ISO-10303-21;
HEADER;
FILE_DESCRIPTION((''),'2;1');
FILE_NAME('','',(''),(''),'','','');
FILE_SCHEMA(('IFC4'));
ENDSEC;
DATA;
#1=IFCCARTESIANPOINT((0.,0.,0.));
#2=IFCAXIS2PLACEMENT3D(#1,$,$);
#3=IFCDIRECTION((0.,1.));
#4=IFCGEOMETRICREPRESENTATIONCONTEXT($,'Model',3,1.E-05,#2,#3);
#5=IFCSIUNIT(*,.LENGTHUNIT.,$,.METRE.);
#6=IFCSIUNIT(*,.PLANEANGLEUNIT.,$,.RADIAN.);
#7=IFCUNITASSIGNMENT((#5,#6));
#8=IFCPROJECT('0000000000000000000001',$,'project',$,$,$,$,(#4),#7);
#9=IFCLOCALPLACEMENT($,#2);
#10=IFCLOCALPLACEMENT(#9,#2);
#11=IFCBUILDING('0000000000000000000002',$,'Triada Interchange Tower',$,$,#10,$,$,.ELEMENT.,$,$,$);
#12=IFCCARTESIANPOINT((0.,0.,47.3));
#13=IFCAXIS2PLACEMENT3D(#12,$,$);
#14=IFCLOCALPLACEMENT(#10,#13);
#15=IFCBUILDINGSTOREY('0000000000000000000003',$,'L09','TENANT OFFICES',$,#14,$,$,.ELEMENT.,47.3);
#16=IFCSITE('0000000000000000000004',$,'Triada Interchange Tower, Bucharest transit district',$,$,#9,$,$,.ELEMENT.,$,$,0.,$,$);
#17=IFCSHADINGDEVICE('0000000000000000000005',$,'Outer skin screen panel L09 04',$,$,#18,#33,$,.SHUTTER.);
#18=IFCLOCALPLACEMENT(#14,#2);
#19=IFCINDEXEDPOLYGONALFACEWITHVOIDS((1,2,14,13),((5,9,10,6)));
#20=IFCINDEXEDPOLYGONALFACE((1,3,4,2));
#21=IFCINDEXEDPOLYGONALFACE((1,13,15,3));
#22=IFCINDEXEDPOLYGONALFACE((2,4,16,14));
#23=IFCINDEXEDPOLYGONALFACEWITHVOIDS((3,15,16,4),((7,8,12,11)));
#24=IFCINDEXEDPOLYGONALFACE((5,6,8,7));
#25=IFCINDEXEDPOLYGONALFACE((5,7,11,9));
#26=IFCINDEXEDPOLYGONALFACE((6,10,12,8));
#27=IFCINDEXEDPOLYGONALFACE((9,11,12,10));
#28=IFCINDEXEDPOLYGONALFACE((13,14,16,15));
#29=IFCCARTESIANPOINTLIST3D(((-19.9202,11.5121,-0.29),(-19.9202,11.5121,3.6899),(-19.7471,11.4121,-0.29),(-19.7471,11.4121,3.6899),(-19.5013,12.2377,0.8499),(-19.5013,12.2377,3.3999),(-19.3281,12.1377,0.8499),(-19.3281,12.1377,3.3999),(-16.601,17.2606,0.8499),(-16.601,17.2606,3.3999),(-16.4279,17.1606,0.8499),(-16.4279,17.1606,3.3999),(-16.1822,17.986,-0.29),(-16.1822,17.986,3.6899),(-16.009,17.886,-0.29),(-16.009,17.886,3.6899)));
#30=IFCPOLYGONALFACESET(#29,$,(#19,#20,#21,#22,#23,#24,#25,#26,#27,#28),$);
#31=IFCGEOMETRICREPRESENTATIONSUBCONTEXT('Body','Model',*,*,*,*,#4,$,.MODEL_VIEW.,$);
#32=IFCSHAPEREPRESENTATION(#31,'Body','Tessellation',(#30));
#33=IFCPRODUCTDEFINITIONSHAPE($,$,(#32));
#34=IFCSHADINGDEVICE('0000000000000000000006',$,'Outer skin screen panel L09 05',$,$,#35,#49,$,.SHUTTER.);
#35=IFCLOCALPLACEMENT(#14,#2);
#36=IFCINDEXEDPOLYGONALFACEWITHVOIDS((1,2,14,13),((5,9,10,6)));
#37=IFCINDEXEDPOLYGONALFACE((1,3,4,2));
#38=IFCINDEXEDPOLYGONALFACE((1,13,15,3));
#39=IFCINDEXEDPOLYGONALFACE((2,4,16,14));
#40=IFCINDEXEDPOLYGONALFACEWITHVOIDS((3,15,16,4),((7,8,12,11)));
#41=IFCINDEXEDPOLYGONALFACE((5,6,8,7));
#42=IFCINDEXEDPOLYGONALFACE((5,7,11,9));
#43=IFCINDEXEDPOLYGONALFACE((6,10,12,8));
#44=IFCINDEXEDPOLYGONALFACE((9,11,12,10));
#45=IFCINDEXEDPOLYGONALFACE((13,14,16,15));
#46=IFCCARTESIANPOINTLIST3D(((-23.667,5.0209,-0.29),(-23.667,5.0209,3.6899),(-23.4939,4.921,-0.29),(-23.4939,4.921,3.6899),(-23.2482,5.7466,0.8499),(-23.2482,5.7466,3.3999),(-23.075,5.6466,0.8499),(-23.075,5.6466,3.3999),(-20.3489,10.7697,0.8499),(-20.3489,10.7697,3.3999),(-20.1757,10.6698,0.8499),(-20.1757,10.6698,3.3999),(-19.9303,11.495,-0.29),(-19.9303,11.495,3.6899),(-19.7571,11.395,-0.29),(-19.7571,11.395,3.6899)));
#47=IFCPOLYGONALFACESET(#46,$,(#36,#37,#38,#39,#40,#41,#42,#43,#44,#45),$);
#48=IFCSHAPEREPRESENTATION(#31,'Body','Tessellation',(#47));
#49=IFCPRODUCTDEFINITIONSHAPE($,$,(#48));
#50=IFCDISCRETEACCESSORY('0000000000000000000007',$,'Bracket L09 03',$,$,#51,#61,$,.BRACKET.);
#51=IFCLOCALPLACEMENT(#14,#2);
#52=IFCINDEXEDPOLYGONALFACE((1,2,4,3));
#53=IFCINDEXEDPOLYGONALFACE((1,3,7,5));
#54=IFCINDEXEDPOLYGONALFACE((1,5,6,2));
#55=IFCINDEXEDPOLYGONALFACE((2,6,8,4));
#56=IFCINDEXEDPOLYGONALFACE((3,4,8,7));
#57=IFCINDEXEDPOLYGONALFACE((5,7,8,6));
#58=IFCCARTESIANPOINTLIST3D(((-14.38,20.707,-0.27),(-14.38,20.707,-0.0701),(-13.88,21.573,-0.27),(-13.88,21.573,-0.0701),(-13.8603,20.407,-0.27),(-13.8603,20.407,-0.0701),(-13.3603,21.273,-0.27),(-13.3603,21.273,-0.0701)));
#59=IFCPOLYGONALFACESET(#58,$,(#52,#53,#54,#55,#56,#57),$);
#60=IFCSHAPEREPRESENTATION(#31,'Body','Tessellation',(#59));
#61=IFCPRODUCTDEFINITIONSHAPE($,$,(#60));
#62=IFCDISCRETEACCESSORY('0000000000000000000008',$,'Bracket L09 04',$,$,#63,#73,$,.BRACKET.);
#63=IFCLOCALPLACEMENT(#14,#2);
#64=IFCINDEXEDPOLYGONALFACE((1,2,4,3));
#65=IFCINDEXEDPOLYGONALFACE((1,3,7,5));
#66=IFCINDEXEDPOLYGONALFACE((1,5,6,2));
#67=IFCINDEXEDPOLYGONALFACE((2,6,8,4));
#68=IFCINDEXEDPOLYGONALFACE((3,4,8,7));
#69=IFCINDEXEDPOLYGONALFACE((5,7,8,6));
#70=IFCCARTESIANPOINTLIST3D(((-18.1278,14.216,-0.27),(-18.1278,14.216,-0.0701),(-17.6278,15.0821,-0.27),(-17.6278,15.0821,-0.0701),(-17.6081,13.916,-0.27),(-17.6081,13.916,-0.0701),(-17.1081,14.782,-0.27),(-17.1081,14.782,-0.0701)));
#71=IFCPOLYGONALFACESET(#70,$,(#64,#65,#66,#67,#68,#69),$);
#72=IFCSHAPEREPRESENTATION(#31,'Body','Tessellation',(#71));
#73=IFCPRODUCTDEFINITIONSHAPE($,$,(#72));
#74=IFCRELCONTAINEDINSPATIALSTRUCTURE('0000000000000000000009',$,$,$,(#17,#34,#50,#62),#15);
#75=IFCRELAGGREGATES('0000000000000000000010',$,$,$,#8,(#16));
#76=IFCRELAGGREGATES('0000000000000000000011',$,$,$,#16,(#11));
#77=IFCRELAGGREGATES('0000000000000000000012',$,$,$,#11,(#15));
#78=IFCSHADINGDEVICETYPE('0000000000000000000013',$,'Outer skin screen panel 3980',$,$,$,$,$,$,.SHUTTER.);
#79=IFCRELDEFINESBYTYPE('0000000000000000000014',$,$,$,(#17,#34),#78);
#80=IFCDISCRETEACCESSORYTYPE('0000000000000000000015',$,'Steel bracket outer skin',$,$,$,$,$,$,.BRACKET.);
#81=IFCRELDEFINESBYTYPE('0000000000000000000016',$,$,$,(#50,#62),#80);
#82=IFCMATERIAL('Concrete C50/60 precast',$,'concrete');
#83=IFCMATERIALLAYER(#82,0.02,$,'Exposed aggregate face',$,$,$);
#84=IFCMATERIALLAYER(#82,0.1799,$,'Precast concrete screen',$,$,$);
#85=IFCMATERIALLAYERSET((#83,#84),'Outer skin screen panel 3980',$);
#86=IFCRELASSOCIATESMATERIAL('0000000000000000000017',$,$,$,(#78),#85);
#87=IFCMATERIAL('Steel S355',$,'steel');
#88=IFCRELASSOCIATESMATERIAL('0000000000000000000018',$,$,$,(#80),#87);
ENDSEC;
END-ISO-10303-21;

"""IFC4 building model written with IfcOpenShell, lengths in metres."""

from ifc_helpers import new_model, si_unit, direction, frame, origin, origin_2d, place, context, subcontext, project, spatial, polyline, rectangle, outline, extrude, material, layer, layer_set, type_object, element, save


model = new_model("IFC4")

# Units and contexts
model_context = context("Model", 3, precision=1e-05, world=origin(), true_north=direction((0.0, 1.0)))
body_context = subcontext(model_context, "Body", "Model", "MODEL_VIEW")
ifc_project = project(units=[si_unit("LENGTHUNIT", "METRE"), si_unit("PLANEANGLEUNIT", "RADIAN")], contexts=[model_context])

# Site, building, storey
site_placement = place(None, origin())
site = spatial("IfcSite", under=ifc_project, at=site_placement, Name="Triada Interchange Tower, Bucharest transit district", CompositionType="ELEMENT", RefElevation=0.0)
building_placement = place(site_placement, origin())
building = spatial("IfcBuilding", under=site, at=building_placement, Name="Triada Interchange Tower", CompositionType="ELEMENT")
storey_placement = place(building_placement, frame((0.0, 0.0, 47.3)))
storey = spatial("IfcBuildingStorey", under=building, at=storey_placement, Name="L09", Description="TENANT OFFICES", CompositionType="ELEMENT", Elevation=47.3)

# Shading devices
ifc_material_1 = material(Name="Concrete C50/60 precast", Category="concrete")
ifc_layer_1 = layer(ifc_material_1, 0.02, Name="Exposed aggregate face")
ifc_layer_2 = layer(ifc_material_1, 0.1799, Name="Precast concrete screen")
ifc_layer_set_1 = layer_set([ifc_layer_1, ifc_layer_2], Name="Outer skin screen panel 3980")
shading_device_type = type_object("IfcShadingDeviceType", Name="Outer skin screen panel 3980", PredefinedType="SHUTTER", material=ifc_layer_set_1)
shading_device_1_placement = place(storey_placement, frame((-16.009, 17.886, -0.29), z_axis=(0.0, 0.0, 1.0), x_axis=(-0.500034, -0.866006, 0.0)))
element("IfcShadingDevice", 1, at=shading_device_1_placement, inside=storey, type_object=shading_device_type, Name="Outer skin screen panel L09 04", PredefinedType="SHUTTER", context=body_context, shape_type="SweptSolid", body=[
    extrude(outline(polyline([(0.0, 0.0), (7.4756, 0.0), (7.4756, 3.98), (0.0, 3.98), (0.0, 0.0)]), holes=[polyline([(0.8376, 1.1399), (0.8376, 3.6899), (6.6377, 3.6899), (6.6377, 1.1399), (0.8376, 1.1399)])]), frame((0.0, 0.0, 0.0), z_axis=(0.0, -1.0, 0.0), x_axis=(1.0, 0.0, 0.0)), (0.0, 0.0, 1.0), 0.2),
])
shading_device_2_placement = place(storey_placement, frame((-19.7571, 11.395, -0.29), z_axis=(0.0, 0.0, 1.0), x_axis=(-0.499898, -0.866084, 0.0)))
element("IfcShadingDevice", 2, at=shading_device_2_placement, inside=storey, type_object=shading_device_type, Name="Outer skin screen panel L09 05", PredefinedType="SHUTTER", context=body_context, shape_type="SweptSolid", body=[
    extrude(outline(polyline([(0.0, 0.0), (7.4751, 0.0), (7.4751, 3.98), (0.0, 3.98), (0.0, 0.0)]), holes=[polyline([(0.8374, 1.1399), (0.8374, 3.6899), (6.6372, 3.6899), (6.6372, 1.1399), (0.8374, 1.1399)])]), frame((0.0, 0.0, 0.0), z_axis=(0.0, -1.0, 0.0), x_axis=(1.0, 0.0, 0.0)), (0.0, 0.0, 1.0), 0.2),
])

# Discrete accessories
ifc_material_2 = material(Name="Steel S355", Category="steel")
discrete_accessory_type = type_object("IfcDiscreteAccessoryType", Name="Steel bracket outer skin", PredefinedType="BRACKET", material=ifc_material_2)
for number, where, z_axis, x_axis, name in (
    (3, (-13.8701, 20.99, -0.27), (0.0, 0.0, 1.0), (-0.866026, 0.499999, 0.0), "Bracket L09 03"),
    (4, (-17.6179, 14.499, -0.27), (0.0, 0.0, 1.0), (-0.866026, 0.499999, 0.0), "Bracket L09 04"),
):
    element("IfcDiscreteAccessory", number, at=place(storey_placement, frame(where, z_axis=z_axis, x_axis=x_axis)), inside=storey, type_object=discrete_accessory_type, Name=name, PredefinedType="BRACKET", context=body_context, shape_type="SweptSolid", body=[
        extrude(rectangle(XDim=0.6001, YDim=1.0, at=origin_2d()), origin(), (0.0, 0.0, 1.0), 0.2),
    ])

save(model, "model.ifc")
